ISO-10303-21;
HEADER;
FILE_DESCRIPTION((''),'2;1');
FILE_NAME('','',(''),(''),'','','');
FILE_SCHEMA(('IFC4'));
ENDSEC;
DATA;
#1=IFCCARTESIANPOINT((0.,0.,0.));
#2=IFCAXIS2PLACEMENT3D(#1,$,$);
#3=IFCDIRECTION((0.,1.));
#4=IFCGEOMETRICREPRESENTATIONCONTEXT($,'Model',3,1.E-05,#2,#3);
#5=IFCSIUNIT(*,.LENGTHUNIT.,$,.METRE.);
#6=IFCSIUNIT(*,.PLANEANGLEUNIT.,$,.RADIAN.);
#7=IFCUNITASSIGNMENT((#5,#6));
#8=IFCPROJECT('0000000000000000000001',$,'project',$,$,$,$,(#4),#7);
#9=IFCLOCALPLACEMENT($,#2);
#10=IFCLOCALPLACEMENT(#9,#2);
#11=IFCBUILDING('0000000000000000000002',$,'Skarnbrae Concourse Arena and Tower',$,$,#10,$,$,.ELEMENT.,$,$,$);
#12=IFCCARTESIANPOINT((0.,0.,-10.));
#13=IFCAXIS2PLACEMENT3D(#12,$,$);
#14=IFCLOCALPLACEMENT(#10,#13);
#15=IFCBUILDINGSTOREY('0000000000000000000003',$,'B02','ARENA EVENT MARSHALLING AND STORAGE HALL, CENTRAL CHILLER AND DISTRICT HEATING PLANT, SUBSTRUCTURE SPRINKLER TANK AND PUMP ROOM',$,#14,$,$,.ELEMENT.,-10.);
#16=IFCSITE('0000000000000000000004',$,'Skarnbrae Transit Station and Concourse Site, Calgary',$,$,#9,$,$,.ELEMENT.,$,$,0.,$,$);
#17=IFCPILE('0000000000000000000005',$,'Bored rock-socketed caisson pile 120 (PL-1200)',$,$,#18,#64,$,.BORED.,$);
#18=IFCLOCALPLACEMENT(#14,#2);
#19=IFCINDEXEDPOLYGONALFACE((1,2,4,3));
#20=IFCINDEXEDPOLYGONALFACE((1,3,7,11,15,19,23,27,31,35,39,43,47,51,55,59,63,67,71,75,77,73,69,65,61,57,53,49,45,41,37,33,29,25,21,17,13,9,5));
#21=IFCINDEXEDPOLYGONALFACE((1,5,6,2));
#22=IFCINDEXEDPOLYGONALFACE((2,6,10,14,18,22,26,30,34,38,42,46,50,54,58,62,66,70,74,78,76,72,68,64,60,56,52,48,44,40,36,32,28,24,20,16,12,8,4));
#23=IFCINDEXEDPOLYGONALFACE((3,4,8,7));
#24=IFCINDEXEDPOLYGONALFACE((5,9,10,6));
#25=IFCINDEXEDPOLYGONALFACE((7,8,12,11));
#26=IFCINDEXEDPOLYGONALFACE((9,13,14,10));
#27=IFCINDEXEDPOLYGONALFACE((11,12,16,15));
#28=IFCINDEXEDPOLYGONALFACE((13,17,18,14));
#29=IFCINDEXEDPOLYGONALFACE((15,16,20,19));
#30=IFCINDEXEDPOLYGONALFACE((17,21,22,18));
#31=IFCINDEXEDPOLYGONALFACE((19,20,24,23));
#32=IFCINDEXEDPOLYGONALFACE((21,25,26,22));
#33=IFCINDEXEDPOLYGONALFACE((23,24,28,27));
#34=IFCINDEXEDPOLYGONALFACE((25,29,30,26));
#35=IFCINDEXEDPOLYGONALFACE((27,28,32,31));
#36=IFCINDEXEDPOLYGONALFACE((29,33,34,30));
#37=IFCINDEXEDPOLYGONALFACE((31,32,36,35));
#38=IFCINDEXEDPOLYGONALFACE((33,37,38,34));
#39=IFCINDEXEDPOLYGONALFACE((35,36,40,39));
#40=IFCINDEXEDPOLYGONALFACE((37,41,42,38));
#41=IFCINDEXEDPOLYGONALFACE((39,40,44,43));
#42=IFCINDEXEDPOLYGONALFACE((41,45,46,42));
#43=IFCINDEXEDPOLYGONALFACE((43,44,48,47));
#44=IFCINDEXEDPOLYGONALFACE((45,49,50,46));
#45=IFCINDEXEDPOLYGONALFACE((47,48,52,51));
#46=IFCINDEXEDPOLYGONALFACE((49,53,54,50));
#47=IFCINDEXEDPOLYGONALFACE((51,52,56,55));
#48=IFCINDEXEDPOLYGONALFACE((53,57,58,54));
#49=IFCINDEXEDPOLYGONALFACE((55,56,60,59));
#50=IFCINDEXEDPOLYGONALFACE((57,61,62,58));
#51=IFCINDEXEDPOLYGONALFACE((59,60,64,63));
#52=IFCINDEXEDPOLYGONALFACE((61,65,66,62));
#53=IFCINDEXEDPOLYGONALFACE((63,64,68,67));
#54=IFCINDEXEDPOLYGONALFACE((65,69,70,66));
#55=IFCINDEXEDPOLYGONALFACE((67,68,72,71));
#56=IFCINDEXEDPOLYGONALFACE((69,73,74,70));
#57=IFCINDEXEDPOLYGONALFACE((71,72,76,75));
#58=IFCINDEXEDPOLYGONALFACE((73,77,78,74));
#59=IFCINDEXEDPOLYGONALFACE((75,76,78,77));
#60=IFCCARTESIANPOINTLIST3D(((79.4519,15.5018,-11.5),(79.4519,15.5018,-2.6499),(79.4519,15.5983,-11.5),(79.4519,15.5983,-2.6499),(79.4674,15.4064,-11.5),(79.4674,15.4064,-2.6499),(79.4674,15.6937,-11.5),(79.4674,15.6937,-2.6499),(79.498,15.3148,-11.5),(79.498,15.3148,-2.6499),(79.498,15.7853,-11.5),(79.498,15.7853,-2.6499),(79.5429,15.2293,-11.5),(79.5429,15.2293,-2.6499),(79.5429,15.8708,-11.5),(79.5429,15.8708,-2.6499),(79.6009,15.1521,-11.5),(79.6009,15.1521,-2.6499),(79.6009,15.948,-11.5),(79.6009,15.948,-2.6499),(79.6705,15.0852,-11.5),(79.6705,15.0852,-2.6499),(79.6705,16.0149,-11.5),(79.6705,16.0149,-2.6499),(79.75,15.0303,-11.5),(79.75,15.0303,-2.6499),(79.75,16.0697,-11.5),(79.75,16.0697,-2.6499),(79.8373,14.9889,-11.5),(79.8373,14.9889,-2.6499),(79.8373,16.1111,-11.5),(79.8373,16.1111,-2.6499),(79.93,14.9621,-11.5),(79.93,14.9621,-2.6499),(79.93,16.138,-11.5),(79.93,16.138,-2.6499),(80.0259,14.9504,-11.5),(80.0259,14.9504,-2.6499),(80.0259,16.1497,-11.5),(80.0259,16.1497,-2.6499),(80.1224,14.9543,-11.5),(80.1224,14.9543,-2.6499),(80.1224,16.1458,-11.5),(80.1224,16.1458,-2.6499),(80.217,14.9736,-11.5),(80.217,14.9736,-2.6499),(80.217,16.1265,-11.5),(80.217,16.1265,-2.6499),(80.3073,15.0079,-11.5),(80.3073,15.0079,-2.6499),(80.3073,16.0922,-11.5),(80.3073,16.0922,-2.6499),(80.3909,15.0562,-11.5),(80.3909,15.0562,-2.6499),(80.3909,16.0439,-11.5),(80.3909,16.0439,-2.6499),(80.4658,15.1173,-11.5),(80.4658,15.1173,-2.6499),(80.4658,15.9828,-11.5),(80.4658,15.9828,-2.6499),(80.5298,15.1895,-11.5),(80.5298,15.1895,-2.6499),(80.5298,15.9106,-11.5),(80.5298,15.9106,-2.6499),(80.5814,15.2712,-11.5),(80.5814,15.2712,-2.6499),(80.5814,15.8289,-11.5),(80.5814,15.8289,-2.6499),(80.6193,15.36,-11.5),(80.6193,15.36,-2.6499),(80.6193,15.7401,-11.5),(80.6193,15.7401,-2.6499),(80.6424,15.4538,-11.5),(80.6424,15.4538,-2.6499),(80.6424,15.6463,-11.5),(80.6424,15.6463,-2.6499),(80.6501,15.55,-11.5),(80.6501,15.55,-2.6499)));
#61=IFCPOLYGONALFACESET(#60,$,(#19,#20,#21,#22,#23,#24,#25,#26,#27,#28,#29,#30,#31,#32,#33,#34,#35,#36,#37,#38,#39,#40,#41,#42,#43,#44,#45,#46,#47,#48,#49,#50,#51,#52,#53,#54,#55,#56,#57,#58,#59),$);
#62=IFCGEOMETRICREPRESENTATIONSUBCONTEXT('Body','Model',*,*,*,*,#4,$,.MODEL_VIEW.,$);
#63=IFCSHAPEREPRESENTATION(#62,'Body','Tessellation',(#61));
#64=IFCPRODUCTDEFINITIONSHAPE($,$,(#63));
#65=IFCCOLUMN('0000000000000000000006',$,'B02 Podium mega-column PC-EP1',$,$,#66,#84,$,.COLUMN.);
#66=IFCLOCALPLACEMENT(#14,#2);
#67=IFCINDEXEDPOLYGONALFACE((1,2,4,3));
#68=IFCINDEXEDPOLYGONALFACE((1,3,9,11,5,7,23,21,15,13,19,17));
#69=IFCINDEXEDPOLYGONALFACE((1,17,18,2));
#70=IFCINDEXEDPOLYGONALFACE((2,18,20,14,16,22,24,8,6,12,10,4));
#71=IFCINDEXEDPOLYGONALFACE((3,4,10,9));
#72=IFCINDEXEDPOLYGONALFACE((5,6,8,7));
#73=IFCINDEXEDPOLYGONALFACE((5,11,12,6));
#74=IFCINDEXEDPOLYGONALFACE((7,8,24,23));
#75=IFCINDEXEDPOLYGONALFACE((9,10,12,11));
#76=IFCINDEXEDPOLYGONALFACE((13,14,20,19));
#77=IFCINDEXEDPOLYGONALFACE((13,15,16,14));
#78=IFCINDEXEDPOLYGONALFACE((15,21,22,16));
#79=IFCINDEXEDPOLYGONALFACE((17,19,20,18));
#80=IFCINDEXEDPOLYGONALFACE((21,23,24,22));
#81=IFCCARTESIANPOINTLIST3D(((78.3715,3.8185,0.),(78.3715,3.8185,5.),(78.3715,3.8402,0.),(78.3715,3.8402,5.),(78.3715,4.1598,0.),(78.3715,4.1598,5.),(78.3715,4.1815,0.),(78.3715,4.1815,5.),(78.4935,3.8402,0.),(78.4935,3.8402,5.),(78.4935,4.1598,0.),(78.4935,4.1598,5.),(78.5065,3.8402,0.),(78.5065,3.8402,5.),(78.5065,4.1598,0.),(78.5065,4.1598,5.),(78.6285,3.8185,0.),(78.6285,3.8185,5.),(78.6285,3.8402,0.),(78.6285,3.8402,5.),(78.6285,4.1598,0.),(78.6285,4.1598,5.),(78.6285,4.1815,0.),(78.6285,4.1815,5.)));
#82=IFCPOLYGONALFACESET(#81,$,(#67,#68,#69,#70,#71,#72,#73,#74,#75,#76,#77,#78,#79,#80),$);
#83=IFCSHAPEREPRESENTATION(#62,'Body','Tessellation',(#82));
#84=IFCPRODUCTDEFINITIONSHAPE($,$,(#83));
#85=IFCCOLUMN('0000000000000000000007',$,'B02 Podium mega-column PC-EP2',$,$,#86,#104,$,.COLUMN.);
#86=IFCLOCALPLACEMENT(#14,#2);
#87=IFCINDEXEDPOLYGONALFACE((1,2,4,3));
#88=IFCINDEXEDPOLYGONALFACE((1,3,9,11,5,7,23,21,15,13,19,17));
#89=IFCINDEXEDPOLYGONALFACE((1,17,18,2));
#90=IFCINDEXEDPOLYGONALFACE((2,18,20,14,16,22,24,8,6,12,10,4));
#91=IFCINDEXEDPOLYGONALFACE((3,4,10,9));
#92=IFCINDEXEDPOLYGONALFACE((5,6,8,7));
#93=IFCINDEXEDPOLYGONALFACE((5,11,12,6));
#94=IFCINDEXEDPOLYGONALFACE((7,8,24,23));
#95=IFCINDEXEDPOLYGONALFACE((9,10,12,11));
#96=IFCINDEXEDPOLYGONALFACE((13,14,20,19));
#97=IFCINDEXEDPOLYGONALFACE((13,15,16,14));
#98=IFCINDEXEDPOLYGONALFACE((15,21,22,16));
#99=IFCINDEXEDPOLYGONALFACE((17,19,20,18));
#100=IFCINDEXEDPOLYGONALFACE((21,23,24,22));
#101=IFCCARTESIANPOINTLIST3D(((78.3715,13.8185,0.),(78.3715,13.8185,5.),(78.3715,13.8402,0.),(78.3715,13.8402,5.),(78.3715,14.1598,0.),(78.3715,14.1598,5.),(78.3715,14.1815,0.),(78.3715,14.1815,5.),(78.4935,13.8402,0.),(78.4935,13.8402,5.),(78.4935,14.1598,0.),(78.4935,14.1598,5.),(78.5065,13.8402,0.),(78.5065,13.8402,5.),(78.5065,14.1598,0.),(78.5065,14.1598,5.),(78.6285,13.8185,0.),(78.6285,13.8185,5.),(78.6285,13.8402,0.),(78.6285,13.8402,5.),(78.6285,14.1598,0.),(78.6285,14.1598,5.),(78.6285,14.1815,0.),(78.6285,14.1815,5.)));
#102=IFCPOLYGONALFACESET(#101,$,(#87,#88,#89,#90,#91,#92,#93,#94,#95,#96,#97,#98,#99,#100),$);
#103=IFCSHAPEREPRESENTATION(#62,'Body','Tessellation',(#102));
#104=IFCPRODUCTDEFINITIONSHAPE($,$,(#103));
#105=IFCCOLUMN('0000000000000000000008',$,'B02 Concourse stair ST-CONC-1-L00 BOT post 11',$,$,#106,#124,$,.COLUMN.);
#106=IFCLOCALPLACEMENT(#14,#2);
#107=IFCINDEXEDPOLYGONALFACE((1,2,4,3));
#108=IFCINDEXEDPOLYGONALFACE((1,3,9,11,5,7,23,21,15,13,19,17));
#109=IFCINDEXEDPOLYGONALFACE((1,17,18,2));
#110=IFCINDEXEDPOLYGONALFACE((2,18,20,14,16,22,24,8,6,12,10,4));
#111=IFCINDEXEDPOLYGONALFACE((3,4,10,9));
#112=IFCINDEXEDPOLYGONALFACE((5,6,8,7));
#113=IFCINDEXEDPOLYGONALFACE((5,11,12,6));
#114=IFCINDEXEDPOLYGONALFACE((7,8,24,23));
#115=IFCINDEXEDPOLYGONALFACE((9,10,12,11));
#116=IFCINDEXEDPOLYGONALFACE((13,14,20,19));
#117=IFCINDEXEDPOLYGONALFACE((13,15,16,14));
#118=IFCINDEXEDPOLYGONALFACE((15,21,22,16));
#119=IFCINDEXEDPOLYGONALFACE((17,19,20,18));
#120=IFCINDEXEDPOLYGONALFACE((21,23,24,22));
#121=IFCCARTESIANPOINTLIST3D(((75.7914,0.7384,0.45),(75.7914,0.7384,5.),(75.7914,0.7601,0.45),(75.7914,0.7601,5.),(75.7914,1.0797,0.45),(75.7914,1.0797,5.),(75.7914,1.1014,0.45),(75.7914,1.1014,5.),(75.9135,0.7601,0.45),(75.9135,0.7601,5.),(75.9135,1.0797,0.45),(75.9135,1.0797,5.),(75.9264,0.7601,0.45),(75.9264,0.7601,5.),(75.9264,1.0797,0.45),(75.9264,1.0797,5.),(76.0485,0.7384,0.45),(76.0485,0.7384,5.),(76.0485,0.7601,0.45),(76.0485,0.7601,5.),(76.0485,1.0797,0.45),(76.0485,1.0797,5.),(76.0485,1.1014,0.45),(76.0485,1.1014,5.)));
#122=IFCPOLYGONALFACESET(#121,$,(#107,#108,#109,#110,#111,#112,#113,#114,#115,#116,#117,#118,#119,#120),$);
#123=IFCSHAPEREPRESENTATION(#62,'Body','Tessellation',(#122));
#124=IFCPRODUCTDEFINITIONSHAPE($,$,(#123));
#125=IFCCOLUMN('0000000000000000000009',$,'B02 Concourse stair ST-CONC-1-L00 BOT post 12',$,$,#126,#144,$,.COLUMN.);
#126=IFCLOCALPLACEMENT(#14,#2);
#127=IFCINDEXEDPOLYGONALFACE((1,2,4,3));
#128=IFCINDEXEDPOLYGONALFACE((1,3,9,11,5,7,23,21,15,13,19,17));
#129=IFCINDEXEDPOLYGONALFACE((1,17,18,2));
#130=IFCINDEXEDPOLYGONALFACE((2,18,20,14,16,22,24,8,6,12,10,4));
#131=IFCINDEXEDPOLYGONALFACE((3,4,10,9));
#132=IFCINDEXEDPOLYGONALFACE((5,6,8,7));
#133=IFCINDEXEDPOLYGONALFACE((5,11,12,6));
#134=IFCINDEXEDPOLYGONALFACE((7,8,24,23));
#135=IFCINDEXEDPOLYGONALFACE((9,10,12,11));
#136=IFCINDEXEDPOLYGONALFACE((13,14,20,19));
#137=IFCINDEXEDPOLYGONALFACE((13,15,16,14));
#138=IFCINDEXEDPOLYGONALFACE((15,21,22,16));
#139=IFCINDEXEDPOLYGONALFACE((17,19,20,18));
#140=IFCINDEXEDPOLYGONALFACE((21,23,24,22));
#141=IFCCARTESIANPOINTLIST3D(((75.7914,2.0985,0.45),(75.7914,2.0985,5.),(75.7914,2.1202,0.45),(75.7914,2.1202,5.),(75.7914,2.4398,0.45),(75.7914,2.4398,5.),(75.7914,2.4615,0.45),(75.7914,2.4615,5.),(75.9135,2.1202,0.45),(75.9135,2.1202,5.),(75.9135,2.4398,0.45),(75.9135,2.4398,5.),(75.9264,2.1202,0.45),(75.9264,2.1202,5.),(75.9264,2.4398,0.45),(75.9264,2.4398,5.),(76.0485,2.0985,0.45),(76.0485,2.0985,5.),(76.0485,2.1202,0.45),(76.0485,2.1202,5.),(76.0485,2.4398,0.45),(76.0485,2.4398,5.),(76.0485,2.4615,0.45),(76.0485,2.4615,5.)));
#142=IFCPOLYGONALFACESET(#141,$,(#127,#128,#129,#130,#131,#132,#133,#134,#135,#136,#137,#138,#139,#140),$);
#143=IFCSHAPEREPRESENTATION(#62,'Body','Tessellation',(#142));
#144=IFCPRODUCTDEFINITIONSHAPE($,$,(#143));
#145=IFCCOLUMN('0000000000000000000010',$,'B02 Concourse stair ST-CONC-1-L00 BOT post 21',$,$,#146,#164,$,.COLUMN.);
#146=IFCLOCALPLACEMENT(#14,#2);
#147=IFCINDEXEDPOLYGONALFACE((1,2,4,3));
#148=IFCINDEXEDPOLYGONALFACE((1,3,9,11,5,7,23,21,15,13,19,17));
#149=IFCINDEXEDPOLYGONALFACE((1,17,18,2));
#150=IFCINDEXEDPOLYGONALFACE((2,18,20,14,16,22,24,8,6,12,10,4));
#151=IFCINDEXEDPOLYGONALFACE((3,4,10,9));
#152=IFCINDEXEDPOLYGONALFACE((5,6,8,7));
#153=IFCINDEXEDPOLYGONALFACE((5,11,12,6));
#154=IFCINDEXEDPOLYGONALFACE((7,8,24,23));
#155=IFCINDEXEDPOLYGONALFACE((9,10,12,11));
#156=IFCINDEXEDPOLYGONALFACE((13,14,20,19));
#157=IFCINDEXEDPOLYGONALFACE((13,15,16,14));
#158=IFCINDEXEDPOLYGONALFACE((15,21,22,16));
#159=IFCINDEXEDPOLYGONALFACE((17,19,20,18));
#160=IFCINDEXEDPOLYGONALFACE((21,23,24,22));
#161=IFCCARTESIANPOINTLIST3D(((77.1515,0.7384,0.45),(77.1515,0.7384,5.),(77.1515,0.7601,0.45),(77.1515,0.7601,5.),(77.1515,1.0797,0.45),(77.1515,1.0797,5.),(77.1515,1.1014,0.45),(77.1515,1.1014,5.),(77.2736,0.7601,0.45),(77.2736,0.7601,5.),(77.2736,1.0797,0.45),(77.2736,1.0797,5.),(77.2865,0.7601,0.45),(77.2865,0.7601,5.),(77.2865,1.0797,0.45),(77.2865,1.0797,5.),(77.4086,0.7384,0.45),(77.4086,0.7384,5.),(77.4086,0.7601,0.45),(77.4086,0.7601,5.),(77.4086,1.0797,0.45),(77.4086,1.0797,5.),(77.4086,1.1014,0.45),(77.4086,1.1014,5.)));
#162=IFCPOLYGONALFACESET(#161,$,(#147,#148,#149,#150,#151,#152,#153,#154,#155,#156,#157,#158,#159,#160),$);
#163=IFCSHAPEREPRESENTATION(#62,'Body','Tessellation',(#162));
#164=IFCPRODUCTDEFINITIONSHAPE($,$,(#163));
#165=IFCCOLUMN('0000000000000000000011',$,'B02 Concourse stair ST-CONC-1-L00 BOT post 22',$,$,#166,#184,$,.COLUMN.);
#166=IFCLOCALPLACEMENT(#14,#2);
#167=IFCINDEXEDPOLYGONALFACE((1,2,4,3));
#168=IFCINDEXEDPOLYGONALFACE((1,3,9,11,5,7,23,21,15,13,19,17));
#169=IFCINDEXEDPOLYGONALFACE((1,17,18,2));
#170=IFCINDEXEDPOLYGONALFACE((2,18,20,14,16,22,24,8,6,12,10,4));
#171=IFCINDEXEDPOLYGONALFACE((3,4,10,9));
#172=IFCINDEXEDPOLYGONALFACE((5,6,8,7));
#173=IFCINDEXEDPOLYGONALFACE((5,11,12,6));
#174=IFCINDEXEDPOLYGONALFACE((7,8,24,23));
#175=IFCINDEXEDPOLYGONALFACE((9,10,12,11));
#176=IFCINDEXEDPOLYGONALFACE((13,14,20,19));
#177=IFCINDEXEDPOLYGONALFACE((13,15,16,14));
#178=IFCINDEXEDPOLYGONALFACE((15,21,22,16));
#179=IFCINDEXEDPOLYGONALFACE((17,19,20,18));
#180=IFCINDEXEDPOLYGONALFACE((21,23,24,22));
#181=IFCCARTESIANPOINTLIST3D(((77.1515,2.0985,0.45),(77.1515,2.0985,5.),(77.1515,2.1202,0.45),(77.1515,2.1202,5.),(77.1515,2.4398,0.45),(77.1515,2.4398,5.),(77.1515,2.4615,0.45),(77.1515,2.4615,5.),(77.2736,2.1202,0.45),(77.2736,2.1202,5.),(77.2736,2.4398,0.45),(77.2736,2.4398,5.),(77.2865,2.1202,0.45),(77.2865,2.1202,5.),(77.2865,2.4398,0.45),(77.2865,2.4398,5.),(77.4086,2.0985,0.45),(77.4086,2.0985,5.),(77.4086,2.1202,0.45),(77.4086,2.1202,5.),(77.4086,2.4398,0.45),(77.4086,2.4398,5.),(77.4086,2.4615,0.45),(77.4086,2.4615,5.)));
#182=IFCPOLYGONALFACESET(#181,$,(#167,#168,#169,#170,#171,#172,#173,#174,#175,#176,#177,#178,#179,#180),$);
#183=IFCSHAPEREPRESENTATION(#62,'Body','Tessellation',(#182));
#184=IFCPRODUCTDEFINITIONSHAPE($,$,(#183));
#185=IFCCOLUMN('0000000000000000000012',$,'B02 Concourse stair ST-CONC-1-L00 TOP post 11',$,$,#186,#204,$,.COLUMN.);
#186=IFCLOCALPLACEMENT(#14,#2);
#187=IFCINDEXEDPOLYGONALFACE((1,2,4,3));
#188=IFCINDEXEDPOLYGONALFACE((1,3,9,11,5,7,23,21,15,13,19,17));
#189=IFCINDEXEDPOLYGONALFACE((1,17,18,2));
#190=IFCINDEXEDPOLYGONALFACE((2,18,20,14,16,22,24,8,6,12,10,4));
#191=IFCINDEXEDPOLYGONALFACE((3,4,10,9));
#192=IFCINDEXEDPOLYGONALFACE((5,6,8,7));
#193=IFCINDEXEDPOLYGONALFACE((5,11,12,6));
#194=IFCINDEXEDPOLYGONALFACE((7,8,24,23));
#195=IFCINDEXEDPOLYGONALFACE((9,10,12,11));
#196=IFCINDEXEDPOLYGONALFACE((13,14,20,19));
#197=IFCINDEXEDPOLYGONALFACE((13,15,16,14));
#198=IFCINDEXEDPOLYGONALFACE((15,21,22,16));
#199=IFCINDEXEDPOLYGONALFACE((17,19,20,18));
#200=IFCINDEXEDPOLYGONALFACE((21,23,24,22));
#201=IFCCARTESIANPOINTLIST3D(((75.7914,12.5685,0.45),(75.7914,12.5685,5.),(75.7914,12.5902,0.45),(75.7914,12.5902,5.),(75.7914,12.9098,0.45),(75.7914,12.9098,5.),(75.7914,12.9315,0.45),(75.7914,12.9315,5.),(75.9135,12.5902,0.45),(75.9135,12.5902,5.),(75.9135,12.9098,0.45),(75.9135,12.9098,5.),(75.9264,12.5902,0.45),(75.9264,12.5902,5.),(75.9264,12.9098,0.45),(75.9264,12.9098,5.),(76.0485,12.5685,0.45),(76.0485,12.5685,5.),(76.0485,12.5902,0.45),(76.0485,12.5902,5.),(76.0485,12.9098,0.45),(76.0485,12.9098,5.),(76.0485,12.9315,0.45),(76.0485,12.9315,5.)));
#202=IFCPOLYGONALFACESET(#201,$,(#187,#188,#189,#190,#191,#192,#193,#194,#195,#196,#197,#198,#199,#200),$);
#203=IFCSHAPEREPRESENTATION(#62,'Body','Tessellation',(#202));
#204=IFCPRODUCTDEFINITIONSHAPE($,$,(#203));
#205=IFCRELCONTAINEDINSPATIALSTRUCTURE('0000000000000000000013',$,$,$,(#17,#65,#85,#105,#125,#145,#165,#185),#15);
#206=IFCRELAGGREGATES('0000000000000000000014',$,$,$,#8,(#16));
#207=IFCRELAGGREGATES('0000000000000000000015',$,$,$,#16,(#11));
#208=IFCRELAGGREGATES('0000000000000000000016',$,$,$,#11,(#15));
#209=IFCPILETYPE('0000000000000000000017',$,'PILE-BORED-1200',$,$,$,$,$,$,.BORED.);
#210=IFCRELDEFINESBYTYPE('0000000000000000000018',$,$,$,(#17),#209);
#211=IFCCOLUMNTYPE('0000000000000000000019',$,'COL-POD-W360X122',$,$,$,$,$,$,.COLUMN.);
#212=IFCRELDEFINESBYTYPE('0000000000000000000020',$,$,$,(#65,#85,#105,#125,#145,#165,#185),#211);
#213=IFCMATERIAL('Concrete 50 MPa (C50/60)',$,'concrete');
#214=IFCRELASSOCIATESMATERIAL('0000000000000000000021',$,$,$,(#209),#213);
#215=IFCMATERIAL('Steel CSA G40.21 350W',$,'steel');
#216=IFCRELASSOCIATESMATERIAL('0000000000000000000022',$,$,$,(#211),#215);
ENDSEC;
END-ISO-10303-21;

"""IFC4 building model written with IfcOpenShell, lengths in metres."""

from ifc_helpers import new_model, si_unit, direction, frame, origin, origin_2d, place, context, subcontext, project, spatial, circle, i_section, extrude, source, transform, mapped, material, material_profile, profile_set, type_object, element, save


model = new_model("IFC4")

# Units and contexts
model_context = context("Model", 3, precision=1e-05, world=origin(), true_north=direction((0.0, 1.0)))
body_context = subcontext(model_context, "Body", "Model", "MODEL_VIEW")
ifc_project = project(units=[si_unit("LENGTHUNIT", "METRE"), si_unit("PLANEANGLEUNIT", "RADIAN")], contexts=[model_context])

# Site, building, storey
site_placement = place(None, origin())
site = spatial("IfcSite", under=ifc_project, at=site_placement, Name="Skarnbrae Transit Station and Concourse Site, Calgary", CompositionType="ELEMENT", RefElevation=0.0)
building_placement = place(site_placement, origin())
building = spatial("IfcBuilding", under=site, at=building_placement, Name="Skarnbrae Concourse Arena and Tower", CompositionType="ELEMENT")
storey_placement = place(building_placement, frame((0.0, 0.0, -10.0)))
storey = spatial("IfcBuildingStorey", under=building, at=storey_placement, Name="B02", Description="ARENA EVENT MARSHALLING AND STORAGE HALL, CENTRAL CHILLER AND DISTRICT HEATING PLANT, SUBSTRUCTURE SPRINKLER TANK AND PUMP ROOM", CompositionType="ELEMENT", Elevation=-10.0)

# Shared definitions
ifc_material_1 = material(Name="Concrete 50 MPa (C50/60)", Category="concrete")

# Pile
ifc_material_profile_1 = material_profile(ifc_material_1, circle(Radius=0.6001, at=origin_2d()), Name="CAISSON-1200")
ifc_profile_set_1 = profile_set([ifc_material_profile_1], Name="Concrete 50 MPa (C50/60)")
pile_type = type_object("IfcPileType", Name="PILE-BORED-1200", PredefinedType="BORED", material=ifc_profile_set_1)
shared_shape_1 = source(origin(), body_context, "Body", "SweptSolid", [
    extrude(circle(Radius=0.6001, at=origin_2d()), origin(), (0.0, 0.0, 1.0), 8.8501),
])
for number, where, z_axis, x_axis, name in (
    (1, (80.05, 15.55, -2.6499), (0.0, 0.0, -1.0), (1.0, 0.0, 0.0), "Bored rock-socketed caisson pile 120 (PL-1200)"),
):
    element("IfcPile", number, at=place(storey_placement, frame(where, z_axis=z_axis, x_axis=x_axis)), inside=storey, type_object=pile_type, Name=name, PredefinedType="BORED", context=body_context, shape_type="MappedRepresentation", body=[
        mapped(shared_shape_1, transform((0.0, 0.0, 0.0))),
    ])

# Columns
ifc_material_2 = material(Name="Steel CSA G40.21 350W", Category="steel")
ifc_material_profile_2 = material_profile(ifc_material_2, i_section(OverallWidth=0.2571, OverallDepth=0.363, WebThickness=0.0129, FlangeThickness=0.0217, at=origin_2d()), Name="W360X122")
ifc_profile_set_2 = profile_set([ifc_material_profile_2], Name="Steel CSA G40.21 350W")
column_type = type_object("IfcColumnType", Name="COL-POD-W360X122", PredefinedType="COLUMN", material=ifc_profile_set_2)
shared_shape_2 = source(origin(), body_context, "Body", "SweptSolid", [
    extrude(i_section(OverallWidth=0.2571, OverallDepth=0.363, WebThickness=0.0129, FlangeThickness=0.0217, at=origin_2d()), origin(), (0.0, 0.0, 1.0), 5.0),
])
for number, where, z_axis, x_axis, name in (
    (2, (78.5, 4.0, 0.0), (0.0, 0.0, 1.0), (1.0, 0.0, 0.0), "B02 Podium mega-column PC-EP1"),
    (3, (78.5, 14.0, 0.0), (0.0, 0.0, 1.0), (1.0, 0.0, 0.0), "B02 Podium mega-column PC-EP2"),
):
    element("IfcColumn", number, at=place(storey_placement, frame(where, z_axis=z_axis, x_axis=x_axis)), inside=storey, type_object=column_type, Name=name, PredefinedType="COLUMN", context=body_context, shape_type="MappedRepresentation", body=[
        mapped(shared_shape_2, transform((0.0, 0.0, 0.0))),
    ])
shared_shape_3 = source(origin(), body_context, "Body", "SweptSolid", [
    extrude(i_section(OverallWidth=0.2571, OverallDepth=0.363, WebThickness=0.0129, FlangeThickness=0.0217, at=origin_2d()), origin(), (0.0, 0.0, 1.0), 4.55),
])
for number, where, z_axis, x_axis, name in (
    (4, (75.9199, 0.9199, 0.45), (0.0, 0.0, 1.0), (1.0, 0.0, 0.0), "B02 Concourse stair ST-CONC-1-L00 BOT post 11"),
    (5, (75.9199, 2.28, 0.45), (0.0, 0.0, 1.0), (1.0, 0.0, 0.0), "B02 Concourse stair ST-CONC-1-L00 BOT post 12"),
    (6, (77.28, 0.9199, 0.45), (0.0, 0.0, 1.0), (1.0, 0.0, 0.0), "B02 Concourse stair ST-CONC-1-L00 BOT post 21"),
    (7, (77.28, 2.28, 0.45), (0.0, 0.0, 1.0), (1.0, 0.0, 0.0), "B02 Concourse stair ST-CONC-1-L00 BOT post 22"),
    (8, (75.9199, 12.75, 0.45), (0.0, 0.0, 1.0), (1.0, 0.0, 0.0), "B02 Concourse stair ST-CONC-1-L00 TOP post 11"),
):
    element("IfcColumn", number, at=place(storey_placement, frame(where, z_axis=z_axis, x_axis=x_axis)), inside=storey, type_object=column_type, Name=name, PredefinedType="COLUMN", context=body_context, shape_type="MappedRepresentation", body=[
        mapped(shared_shape_3, transform((0.0, 0.0, 0.0))),
    ])

save(model, "model.ifc")
